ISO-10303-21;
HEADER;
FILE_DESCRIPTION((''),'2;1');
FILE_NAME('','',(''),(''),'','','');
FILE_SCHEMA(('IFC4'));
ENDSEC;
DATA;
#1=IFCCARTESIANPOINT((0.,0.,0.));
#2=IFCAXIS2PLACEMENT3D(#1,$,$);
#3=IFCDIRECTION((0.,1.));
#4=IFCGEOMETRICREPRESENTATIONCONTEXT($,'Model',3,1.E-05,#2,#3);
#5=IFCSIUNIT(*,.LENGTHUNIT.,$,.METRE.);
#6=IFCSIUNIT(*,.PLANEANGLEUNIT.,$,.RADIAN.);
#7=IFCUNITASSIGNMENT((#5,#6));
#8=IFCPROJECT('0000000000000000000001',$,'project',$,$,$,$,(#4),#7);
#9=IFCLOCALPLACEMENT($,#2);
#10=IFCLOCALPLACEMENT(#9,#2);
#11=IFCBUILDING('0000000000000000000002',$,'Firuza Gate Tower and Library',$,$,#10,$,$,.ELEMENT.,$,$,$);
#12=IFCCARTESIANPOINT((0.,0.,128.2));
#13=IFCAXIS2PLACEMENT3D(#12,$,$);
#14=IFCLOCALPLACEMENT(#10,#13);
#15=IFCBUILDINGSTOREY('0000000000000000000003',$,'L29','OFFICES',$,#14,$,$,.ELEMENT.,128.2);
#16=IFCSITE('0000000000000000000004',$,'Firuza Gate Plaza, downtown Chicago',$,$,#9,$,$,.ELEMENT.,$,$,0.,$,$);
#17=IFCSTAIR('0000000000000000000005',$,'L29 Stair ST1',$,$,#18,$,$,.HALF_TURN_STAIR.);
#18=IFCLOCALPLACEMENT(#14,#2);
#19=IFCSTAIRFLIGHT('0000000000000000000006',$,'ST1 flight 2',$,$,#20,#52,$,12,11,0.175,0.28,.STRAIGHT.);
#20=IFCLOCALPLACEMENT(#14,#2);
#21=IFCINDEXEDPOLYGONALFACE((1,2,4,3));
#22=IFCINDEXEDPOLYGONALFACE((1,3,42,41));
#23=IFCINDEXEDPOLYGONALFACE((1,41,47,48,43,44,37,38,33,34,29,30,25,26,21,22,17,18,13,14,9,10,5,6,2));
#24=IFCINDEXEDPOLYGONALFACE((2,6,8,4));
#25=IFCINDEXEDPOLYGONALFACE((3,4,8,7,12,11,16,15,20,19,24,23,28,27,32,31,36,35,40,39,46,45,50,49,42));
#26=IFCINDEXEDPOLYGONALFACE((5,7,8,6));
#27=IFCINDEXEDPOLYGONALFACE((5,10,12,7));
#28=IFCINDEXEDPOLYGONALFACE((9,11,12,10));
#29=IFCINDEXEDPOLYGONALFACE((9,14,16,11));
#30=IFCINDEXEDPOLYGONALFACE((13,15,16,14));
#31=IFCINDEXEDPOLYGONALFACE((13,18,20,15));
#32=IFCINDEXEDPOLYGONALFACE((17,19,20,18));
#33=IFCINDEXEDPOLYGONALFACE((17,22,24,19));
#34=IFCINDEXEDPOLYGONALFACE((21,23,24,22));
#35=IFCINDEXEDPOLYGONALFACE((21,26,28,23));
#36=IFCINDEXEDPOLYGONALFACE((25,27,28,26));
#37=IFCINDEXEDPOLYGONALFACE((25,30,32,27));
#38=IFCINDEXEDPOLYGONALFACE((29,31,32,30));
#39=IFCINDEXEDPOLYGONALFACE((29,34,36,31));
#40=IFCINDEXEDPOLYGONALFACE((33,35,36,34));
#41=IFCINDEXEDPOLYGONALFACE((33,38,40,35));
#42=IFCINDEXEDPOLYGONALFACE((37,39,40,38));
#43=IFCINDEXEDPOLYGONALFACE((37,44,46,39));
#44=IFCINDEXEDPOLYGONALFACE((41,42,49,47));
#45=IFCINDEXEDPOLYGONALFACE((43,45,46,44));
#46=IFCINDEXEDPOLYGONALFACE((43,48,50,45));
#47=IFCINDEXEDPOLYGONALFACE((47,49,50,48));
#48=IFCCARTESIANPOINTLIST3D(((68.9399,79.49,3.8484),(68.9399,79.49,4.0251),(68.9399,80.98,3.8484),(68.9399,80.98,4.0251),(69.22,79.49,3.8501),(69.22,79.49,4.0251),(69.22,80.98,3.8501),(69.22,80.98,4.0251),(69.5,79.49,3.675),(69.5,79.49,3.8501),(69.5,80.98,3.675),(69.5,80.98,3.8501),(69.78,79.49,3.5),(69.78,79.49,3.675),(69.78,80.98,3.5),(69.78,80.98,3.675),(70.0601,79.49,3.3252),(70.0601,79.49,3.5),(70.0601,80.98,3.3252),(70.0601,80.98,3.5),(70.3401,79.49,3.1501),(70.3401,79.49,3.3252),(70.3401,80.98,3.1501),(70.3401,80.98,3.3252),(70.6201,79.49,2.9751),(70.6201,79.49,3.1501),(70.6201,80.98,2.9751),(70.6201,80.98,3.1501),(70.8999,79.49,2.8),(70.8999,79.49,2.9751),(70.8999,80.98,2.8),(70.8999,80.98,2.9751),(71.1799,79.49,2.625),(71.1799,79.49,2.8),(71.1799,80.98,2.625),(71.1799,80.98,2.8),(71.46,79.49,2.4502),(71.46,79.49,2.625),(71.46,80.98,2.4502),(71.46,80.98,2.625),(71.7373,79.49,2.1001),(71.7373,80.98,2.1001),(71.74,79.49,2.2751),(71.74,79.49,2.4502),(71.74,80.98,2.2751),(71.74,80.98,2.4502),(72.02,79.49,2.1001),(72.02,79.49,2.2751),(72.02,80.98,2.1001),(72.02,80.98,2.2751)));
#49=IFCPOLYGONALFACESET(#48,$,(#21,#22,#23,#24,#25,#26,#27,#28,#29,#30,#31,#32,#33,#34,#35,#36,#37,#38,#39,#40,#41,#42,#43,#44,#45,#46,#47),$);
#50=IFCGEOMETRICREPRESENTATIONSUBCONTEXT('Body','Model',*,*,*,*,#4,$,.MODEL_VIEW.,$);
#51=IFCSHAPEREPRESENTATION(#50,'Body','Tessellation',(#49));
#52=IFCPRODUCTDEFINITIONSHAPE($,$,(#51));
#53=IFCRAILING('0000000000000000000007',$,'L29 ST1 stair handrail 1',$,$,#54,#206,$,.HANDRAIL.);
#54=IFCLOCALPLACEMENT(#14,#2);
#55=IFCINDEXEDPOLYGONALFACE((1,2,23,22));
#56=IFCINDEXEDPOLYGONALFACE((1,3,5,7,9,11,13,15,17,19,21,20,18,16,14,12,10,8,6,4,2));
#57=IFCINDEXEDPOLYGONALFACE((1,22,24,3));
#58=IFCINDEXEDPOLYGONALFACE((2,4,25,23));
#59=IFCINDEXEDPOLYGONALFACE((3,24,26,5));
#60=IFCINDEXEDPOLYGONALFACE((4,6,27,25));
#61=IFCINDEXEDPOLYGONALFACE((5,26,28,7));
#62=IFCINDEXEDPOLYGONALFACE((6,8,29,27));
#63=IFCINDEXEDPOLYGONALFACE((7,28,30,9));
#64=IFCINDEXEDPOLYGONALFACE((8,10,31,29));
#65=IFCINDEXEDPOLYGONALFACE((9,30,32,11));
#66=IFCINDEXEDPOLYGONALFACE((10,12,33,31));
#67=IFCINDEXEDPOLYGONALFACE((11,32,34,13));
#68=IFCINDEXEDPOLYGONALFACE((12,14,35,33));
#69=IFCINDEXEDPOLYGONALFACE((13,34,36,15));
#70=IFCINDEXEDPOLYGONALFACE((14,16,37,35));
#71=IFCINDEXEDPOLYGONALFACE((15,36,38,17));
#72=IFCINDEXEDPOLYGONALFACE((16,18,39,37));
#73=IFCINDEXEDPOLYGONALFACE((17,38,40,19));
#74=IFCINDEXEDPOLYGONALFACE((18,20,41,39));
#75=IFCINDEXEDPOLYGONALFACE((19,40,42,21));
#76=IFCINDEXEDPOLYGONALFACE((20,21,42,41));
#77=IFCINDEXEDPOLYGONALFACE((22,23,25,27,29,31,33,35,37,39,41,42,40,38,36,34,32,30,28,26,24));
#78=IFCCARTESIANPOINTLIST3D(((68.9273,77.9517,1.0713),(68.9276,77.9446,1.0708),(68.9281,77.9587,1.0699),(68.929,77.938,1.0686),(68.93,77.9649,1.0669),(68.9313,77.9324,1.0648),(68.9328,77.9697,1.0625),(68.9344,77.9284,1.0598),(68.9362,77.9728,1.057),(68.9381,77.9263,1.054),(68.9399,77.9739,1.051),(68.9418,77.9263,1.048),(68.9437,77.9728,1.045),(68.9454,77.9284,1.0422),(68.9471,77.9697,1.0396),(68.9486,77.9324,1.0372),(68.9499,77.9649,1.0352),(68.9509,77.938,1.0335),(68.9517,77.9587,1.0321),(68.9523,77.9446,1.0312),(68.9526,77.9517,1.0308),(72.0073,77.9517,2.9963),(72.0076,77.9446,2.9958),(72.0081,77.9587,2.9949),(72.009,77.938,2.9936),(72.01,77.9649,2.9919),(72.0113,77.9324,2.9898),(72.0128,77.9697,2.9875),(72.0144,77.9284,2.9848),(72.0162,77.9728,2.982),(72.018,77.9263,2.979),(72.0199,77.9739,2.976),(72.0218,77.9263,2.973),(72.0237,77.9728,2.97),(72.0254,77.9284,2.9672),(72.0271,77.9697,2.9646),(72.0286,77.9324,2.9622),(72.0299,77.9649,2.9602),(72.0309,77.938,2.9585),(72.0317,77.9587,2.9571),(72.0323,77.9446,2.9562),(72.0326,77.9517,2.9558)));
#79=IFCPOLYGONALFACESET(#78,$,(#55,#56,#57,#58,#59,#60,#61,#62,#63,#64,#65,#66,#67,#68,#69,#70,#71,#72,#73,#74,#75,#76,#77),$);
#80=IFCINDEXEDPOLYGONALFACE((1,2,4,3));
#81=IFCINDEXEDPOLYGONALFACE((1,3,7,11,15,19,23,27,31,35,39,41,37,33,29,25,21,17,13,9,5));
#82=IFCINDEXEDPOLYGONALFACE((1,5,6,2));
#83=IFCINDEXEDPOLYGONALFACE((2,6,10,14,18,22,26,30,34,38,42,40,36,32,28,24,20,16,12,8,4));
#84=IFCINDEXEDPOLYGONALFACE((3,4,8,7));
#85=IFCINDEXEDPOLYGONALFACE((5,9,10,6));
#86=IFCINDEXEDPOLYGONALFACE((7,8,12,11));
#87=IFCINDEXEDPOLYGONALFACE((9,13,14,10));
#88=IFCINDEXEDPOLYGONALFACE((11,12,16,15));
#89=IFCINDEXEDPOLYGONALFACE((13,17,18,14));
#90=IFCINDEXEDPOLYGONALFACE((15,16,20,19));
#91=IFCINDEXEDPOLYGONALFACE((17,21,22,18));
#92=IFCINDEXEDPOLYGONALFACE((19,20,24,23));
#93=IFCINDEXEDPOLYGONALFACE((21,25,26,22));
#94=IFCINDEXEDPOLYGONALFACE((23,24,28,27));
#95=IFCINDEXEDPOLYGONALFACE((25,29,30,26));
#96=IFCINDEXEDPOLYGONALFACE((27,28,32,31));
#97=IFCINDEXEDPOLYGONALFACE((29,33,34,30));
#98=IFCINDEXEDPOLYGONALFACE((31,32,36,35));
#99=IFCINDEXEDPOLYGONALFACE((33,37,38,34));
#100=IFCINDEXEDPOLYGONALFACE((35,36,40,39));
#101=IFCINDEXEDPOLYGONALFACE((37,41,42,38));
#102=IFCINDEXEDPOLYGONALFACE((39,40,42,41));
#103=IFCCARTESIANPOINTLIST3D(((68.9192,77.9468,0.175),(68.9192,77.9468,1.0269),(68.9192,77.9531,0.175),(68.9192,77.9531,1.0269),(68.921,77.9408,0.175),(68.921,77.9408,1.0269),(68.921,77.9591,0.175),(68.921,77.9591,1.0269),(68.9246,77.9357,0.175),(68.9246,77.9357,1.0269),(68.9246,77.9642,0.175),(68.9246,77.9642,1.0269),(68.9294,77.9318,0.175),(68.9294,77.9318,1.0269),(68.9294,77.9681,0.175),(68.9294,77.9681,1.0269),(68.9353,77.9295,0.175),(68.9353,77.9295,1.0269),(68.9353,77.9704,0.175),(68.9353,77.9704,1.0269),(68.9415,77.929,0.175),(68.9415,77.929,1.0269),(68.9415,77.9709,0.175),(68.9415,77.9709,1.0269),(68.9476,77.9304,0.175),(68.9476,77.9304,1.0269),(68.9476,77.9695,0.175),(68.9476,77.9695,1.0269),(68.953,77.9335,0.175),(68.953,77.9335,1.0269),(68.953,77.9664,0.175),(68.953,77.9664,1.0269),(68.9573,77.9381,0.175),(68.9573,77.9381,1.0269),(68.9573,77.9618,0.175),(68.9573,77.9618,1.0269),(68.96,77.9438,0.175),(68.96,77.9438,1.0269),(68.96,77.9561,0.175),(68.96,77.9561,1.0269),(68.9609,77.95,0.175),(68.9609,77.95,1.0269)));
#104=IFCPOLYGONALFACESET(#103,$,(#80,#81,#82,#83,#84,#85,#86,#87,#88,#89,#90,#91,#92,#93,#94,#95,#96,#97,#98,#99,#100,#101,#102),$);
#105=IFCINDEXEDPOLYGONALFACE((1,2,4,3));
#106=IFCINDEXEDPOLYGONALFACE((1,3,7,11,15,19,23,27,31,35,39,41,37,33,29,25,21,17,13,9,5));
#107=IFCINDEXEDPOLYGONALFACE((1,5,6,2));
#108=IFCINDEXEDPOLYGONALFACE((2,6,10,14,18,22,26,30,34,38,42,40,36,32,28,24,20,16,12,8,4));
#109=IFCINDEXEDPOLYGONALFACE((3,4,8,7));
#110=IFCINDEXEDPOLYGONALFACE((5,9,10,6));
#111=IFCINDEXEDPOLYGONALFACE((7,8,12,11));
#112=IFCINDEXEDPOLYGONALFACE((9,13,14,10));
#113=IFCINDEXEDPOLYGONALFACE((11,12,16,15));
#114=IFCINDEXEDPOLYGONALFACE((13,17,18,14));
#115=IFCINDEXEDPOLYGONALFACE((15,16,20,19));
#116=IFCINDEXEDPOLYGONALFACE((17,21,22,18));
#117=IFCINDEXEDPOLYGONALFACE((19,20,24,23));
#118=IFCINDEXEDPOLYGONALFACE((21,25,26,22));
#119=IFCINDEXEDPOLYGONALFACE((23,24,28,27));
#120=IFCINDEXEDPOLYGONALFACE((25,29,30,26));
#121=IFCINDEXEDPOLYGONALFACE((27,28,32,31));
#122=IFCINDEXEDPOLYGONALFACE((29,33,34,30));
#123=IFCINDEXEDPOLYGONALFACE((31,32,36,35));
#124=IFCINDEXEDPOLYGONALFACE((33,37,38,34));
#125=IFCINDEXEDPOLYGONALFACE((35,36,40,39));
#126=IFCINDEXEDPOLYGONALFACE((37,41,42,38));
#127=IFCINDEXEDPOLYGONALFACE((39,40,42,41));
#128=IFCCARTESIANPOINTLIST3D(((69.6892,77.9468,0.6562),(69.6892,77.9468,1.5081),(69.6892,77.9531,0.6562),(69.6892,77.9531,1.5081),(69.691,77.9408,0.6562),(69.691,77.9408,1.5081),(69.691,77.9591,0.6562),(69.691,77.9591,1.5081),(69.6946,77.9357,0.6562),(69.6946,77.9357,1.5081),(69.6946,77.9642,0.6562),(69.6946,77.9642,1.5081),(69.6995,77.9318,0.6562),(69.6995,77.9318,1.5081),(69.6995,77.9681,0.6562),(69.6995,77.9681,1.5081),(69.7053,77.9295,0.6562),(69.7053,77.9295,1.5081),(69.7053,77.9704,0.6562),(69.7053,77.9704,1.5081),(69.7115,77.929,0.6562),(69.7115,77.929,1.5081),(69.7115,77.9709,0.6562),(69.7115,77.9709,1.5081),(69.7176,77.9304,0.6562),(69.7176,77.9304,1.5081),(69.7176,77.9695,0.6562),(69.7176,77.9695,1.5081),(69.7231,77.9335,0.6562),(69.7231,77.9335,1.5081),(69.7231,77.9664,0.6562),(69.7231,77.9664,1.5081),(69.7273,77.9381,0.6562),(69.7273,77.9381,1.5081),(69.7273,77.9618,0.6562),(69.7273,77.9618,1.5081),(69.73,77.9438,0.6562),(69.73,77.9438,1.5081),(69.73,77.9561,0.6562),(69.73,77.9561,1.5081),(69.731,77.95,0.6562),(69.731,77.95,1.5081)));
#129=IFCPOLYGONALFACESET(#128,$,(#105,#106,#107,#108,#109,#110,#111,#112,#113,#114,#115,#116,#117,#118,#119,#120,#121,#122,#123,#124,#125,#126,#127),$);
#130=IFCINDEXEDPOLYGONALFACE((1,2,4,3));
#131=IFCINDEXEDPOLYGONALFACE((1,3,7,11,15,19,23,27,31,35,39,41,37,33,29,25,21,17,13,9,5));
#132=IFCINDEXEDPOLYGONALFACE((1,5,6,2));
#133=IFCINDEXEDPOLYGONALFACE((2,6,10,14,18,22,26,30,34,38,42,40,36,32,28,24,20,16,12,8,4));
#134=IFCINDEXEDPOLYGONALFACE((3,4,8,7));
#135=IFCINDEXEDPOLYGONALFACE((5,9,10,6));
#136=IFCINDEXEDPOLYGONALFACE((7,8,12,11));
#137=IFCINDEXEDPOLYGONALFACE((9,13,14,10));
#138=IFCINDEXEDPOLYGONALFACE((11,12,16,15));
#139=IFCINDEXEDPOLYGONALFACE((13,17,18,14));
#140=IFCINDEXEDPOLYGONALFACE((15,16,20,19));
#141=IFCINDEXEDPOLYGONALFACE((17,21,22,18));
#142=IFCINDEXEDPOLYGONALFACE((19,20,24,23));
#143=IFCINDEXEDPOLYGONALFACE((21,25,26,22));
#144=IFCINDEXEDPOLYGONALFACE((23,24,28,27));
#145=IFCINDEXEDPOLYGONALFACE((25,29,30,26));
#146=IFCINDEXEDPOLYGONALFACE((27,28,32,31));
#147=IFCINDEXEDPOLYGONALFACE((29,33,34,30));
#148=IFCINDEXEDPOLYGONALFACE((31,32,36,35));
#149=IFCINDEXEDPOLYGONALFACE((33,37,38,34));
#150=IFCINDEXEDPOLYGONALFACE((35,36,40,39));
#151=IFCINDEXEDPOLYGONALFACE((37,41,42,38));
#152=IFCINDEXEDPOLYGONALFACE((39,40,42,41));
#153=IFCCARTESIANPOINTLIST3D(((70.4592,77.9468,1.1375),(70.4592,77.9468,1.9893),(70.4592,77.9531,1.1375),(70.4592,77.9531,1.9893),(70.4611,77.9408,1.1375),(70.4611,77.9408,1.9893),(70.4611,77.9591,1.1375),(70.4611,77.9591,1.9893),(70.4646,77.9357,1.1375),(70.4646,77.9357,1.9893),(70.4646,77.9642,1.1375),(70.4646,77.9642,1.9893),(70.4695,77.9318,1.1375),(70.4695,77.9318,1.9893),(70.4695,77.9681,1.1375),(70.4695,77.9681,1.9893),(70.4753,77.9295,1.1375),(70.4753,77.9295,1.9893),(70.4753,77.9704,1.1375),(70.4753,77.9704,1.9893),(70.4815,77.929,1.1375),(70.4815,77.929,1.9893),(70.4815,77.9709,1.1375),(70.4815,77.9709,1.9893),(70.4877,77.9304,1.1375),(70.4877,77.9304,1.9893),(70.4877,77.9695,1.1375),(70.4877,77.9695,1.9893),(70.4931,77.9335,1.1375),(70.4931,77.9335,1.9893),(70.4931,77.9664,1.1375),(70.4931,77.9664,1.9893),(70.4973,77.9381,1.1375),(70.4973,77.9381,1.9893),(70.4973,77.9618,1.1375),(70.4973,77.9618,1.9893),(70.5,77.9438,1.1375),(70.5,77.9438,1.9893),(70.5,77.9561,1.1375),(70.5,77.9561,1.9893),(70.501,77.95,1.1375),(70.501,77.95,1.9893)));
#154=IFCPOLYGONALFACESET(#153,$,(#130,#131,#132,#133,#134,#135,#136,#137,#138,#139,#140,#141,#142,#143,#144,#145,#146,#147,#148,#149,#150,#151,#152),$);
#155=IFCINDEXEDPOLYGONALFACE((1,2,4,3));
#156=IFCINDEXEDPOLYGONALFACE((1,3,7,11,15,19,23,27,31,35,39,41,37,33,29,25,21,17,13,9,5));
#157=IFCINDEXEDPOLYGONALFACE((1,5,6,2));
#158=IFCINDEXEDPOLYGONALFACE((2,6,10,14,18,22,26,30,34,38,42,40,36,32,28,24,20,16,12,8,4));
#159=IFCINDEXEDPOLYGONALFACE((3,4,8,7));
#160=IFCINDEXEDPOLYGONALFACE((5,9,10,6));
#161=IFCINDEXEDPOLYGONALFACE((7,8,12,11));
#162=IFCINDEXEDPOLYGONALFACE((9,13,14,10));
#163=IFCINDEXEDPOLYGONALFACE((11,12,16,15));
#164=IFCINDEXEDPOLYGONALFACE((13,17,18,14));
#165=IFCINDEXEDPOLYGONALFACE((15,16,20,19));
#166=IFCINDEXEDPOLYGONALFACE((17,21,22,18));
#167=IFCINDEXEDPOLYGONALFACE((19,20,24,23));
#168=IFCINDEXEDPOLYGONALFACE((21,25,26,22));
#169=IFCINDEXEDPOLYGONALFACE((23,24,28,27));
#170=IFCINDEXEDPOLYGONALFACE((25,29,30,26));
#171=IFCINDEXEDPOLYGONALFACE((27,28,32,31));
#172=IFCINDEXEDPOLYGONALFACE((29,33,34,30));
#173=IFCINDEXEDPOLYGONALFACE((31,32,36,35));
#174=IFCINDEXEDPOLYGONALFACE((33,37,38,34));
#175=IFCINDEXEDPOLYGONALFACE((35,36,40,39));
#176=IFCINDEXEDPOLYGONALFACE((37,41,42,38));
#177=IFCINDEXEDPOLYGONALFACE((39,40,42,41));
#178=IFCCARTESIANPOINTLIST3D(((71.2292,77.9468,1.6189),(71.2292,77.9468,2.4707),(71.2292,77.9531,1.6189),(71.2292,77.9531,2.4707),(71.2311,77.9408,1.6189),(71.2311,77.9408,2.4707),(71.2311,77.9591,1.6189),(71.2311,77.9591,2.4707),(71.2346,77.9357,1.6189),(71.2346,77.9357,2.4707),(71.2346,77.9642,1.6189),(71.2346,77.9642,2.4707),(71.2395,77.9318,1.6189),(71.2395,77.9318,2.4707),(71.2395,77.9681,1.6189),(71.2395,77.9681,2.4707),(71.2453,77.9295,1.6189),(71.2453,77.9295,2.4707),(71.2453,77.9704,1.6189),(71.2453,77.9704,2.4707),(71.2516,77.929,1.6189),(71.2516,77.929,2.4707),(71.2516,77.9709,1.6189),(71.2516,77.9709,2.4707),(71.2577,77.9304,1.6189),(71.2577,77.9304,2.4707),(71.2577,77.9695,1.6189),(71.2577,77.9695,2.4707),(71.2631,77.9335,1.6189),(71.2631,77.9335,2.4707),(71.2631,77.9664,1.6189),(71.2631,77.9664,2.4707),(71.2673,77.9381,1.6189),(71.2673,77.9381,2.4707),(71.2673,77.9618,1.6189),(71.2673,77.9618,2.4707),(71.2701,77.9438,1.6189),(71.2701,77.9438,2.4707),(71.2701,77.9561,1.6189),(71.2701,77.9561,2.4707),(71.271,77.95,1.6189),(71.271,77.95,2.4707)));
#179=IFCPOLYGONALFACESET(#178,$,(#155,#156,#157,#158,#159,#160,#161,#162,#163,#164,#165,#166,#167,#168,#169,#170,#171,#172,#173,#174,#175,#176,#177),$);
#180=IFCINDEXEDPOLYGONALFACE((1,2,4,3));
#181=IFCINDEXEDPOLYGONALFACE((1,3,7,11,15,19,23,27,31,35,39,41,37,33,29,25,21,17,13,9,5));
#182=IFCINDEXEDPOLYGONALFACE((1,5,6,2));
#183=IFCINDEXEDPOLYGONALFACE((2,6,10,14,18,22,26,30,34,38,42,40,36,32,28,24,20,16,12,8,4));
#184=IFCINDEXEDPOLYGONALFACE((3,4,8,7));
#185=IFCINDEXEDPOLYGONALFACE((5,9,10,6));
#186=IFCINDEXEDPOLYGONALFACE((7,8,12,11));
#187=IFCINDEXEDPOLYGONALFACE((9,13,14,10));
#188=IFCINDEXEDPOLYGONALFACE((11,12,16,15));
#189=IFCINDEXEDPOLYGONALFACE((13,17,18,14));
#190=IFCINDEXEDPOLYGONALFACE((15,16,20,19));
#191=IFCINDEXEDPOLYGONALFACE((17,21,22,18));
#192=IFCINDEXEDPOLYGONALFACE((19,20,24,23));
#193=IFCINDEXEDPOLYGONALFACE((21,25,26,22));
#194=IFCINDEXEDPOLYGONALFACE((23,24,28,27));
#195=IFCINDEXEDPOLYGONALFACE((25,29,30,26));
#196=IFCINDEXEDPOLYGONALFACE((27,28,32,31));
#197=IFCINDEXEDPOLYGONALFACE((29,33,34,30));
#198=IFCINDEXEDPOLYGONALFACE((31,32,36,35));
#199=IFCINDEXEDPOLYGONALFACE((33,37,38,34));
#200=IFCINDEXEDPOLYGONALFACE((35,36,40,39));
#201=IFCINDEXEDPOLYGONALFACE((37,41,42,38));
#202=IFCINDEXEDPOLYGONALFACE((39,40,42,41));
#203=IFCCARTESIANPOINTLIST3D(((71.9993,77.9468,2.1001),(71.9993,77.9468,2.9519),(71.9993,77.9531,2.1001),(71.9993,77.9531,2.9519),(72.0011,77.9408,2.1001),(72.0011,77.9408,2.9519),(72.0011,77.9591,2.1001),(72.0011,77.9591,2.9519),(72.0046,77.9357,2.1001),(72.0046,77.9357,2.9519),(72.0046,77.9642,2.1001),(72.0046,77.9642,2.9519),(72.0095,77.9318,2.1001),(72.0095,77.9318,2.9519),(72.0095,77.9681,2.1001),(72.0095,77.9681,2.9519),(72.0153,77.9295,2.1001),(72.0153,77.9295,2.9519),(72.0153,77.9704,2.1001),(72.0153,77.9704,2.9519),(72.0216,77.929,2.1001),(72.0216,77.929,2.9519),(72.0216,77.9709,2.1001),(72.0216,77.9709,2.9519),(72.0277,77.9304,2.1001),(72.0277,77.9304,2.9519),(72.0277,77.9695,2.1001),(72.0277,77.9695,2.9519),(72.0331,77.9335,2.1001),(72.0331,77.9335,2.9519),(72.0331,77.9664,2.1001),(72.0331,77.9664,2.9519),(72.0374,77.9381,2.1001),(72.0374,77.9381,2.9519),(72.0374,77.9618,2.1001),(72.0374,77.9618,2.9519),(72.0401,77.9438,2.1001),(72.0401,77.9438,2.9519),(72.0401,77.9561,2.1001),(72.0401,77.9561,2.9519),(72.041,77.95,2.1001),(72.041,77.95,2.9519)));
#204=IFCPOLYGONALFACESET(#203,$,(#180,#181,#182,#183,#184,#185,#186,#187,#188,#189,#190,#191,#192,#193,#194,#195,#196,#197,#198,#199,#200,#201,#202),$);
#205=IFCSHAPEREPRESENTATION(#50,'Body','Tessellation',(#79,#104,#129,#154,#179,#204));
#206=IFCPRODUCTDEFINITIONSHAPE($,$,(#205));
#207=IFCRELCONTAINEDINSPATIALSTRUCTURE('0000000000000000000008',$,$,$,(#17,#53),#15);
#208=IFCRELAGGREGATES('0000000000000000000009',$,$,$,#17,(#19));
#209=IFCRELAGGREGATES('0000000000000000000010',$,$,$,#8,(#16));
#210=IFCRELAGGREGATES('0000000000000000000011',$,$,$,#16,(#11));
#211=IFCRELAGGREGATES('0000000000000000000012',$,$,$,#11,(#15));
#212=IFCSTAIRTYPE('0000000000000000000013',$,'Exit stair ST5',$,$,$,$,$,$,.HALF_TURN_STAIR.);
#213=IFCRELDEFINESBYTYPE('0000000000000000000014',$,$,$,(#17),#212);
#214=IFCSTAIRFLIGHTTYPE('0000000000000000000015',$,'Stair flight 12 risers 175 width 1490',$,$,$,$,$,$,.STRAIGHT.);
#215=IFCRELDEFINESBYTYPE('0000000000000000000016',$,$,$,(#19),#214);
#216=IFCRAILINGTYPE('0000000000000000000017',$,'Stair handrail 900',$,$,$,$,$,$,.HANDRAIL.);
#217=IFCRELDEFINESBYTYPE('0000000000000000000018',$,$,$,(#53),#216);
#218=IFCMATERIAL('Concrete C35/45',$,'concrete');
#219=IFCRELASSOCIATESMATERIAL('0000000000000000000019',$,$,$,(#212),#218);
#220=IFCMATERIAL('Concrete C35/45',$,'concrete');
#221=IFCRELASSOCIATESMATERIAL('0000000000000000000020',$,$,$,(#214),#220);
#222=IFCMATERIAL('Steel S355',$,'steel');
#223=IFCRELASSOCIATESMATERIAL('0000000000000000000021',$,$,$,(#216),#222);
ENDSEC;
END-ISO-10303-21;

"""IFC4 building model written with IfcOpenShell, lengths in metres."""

from ifc_helpers import new_model, si_unit, direction, frame, origin, origin_2d, place, context, subcontext, project, spatial, polyline, circle, outline, extrude, material, type_object, element, aggregate, save


model = new_model("IFC4")

# Units and contexts
model_context = context("Model", 3, precision=1e-05, world=origin(), true_north=direction((0.0, 1.0)))
body_context = subcontext(model_context, "Body", "Model", "MODEL_VIEW")
ifc_project = project(units=[si_unit("LENGTHUNIT", "METRE"), si_unit("PLANEANGLEUNIT", "RADIAN")], contexts=[model_context])

# Site, building, storey
site_placement = place(None, origin())
site = spatial("IfcSite", under=ifc_project, at=site_placement, Name="Firuza Gate Plaza, downtown Chicago", CompositionType="ELEMENT", RefElevation=0.0)
building_placement = place(site_placement, origin())
building = spatial("IfcBuilding", under=site, at=building_placement, Name="Firuza Gate Tower and Library", CompositionType="ELEMENT")
storey_placement = place(building_placement, frame((0.0, 0.0, 128.2)))
storey = spatial("IfcBuildingStorey", under=building, at=storey_placement, Name="L29", Description="OFFICES", CompositionType="ELEMENT", Elevation=128.2)

# Stair, stair flight
ifc_material_1 = material(Name="Concrete C35/45", Category="concrete")
stair_type = type_object("IfcStairType", Name="Exit stair ST5", PredefinedType="HALF_TURN_STAIR", material=ifc_material_1)
stair_placement = place(storey_placement, origin())
stair = element("IfcStair", 1, at=stair_placement, inside=storey, type_object=stair_type, Name="L29 Stair ST1", PredefinedType="HALF_TURN_STAIR")
ifc_material_2 = material(Name="Concrete C35/45", Category="concrete")
stair_flight_type = type_object("IfcStairFlightType", Name="Stair flight 12 risers 175 width 1490", PredefinedType="STRAIGHT", material=ifc_material_2)
stair_flight_1_placement = place(storey_placement, frame((72.02, 80.2351, 2.1001), z_axis=(0.0, 0.0, 1.0), x_axis=(-1.0, 0.0, 0.0)))
stair_flight_1 = element("IfcStairFlight", 2, at=stair_flight_1_placement, type_object=stair_flight_type, Name="ST1 flight 2", NumberOfRisers=12, NumberOfTreads=11, PredefinedType="STRAIGHT", RiserHeight=0.175, TreadLength=0.28, context=body_context, shape_type="SweptSolid", body=[
    extrude(outline(polyline([(0.0, 0.0), (0.0, 0.175), (0.28, 0.175), (0.28, 0.3501), (0.5601, 0.3501), (0.5601, 0.5249), (0.8401, 0.5249), (0.8401, 0.7), (1.1201, 0.7), (1.1201, 0.875), (1.3999, 0.875), (1.3999, 1.05), (1.6799, 1.05), (1.6799, 1.2251), (1.96, 1.2251), (1.96, 1.3999), (2.24, 1.3999), (2.24, 1.575), (2.52, 1.575), (2.52, 1.75), (2.8, 1.75), (2.8, 1.925), (3.0801, 1.925), (3.0801, 2.1001), (3.0801, 1.7483), (0.2827, 0.0), (0.0, 0.0)])), frame((0.0, 0.7451, 0.0), z_axis=(0.0, -1.0, 0.0), x_axis=(1.0, 0.0, 0.0)), (0.0, 0.0, 1.0), 1.49),
])
aggregate(stair, [stair_flight_1])

# Railing
ifc_material_3 = material(Name="Steel S355", Category="steel")
railing_type_1 = type_object("IfcRailingType", Name="Stair handrail 900", PredefinedType="HANDRAIL", material=ifc_material_3)
railing_1_placement = place(storey_placement, frame((68.9399, 77.95, 0.175)))
element("IfcRailing", 3, at=railing_1_placement, inside=storey, type_object=railing_type_1, Name="L29 ST1 stair handrail 1", PredefinedType="HANDRAIL", context=body_context, shape_type="SweptSolid", body=[
    extrude(circle(Radius=0.0239, at=origin_2d()), frame((0.0, 0.0, 0.876), z_axis=(0.847998, 0.0, 0.529999), x_axis=(0.0, 1.0, 0.0)), (0.0, 0.0, 1.0), 3.6321),
    extrude(circle(Radius=0.021, at=origin_2d()), origin(), (0.0, 0.0, 1.0), 0.8518),
    extrude(circle(Radius=0.021, at=origin_2d()), frame((0.77, 0.0, 0.4812)), (0.0, 0.0, 1.0), 0.8518),
    extrude(circle(Radius=0.021, at=origin_2d()), frame((1.54, 0.0, 0.9624)), (0.0, 0.0, 1.0), 0.8518),
    extrude(circle(Radius=0.021, at=origin_2d()), frame((2.3101, 0.0, 1.4438)), (0.0, 0.0, 1.0), 0.8518),
    extrude(circle(Radius=0.021, at=origin_2d()), frame((3.0801, 0.0, 1.925)), (0.0, 0.0, 1.0), 0.8518),
])

save(model, "model.ifc")
